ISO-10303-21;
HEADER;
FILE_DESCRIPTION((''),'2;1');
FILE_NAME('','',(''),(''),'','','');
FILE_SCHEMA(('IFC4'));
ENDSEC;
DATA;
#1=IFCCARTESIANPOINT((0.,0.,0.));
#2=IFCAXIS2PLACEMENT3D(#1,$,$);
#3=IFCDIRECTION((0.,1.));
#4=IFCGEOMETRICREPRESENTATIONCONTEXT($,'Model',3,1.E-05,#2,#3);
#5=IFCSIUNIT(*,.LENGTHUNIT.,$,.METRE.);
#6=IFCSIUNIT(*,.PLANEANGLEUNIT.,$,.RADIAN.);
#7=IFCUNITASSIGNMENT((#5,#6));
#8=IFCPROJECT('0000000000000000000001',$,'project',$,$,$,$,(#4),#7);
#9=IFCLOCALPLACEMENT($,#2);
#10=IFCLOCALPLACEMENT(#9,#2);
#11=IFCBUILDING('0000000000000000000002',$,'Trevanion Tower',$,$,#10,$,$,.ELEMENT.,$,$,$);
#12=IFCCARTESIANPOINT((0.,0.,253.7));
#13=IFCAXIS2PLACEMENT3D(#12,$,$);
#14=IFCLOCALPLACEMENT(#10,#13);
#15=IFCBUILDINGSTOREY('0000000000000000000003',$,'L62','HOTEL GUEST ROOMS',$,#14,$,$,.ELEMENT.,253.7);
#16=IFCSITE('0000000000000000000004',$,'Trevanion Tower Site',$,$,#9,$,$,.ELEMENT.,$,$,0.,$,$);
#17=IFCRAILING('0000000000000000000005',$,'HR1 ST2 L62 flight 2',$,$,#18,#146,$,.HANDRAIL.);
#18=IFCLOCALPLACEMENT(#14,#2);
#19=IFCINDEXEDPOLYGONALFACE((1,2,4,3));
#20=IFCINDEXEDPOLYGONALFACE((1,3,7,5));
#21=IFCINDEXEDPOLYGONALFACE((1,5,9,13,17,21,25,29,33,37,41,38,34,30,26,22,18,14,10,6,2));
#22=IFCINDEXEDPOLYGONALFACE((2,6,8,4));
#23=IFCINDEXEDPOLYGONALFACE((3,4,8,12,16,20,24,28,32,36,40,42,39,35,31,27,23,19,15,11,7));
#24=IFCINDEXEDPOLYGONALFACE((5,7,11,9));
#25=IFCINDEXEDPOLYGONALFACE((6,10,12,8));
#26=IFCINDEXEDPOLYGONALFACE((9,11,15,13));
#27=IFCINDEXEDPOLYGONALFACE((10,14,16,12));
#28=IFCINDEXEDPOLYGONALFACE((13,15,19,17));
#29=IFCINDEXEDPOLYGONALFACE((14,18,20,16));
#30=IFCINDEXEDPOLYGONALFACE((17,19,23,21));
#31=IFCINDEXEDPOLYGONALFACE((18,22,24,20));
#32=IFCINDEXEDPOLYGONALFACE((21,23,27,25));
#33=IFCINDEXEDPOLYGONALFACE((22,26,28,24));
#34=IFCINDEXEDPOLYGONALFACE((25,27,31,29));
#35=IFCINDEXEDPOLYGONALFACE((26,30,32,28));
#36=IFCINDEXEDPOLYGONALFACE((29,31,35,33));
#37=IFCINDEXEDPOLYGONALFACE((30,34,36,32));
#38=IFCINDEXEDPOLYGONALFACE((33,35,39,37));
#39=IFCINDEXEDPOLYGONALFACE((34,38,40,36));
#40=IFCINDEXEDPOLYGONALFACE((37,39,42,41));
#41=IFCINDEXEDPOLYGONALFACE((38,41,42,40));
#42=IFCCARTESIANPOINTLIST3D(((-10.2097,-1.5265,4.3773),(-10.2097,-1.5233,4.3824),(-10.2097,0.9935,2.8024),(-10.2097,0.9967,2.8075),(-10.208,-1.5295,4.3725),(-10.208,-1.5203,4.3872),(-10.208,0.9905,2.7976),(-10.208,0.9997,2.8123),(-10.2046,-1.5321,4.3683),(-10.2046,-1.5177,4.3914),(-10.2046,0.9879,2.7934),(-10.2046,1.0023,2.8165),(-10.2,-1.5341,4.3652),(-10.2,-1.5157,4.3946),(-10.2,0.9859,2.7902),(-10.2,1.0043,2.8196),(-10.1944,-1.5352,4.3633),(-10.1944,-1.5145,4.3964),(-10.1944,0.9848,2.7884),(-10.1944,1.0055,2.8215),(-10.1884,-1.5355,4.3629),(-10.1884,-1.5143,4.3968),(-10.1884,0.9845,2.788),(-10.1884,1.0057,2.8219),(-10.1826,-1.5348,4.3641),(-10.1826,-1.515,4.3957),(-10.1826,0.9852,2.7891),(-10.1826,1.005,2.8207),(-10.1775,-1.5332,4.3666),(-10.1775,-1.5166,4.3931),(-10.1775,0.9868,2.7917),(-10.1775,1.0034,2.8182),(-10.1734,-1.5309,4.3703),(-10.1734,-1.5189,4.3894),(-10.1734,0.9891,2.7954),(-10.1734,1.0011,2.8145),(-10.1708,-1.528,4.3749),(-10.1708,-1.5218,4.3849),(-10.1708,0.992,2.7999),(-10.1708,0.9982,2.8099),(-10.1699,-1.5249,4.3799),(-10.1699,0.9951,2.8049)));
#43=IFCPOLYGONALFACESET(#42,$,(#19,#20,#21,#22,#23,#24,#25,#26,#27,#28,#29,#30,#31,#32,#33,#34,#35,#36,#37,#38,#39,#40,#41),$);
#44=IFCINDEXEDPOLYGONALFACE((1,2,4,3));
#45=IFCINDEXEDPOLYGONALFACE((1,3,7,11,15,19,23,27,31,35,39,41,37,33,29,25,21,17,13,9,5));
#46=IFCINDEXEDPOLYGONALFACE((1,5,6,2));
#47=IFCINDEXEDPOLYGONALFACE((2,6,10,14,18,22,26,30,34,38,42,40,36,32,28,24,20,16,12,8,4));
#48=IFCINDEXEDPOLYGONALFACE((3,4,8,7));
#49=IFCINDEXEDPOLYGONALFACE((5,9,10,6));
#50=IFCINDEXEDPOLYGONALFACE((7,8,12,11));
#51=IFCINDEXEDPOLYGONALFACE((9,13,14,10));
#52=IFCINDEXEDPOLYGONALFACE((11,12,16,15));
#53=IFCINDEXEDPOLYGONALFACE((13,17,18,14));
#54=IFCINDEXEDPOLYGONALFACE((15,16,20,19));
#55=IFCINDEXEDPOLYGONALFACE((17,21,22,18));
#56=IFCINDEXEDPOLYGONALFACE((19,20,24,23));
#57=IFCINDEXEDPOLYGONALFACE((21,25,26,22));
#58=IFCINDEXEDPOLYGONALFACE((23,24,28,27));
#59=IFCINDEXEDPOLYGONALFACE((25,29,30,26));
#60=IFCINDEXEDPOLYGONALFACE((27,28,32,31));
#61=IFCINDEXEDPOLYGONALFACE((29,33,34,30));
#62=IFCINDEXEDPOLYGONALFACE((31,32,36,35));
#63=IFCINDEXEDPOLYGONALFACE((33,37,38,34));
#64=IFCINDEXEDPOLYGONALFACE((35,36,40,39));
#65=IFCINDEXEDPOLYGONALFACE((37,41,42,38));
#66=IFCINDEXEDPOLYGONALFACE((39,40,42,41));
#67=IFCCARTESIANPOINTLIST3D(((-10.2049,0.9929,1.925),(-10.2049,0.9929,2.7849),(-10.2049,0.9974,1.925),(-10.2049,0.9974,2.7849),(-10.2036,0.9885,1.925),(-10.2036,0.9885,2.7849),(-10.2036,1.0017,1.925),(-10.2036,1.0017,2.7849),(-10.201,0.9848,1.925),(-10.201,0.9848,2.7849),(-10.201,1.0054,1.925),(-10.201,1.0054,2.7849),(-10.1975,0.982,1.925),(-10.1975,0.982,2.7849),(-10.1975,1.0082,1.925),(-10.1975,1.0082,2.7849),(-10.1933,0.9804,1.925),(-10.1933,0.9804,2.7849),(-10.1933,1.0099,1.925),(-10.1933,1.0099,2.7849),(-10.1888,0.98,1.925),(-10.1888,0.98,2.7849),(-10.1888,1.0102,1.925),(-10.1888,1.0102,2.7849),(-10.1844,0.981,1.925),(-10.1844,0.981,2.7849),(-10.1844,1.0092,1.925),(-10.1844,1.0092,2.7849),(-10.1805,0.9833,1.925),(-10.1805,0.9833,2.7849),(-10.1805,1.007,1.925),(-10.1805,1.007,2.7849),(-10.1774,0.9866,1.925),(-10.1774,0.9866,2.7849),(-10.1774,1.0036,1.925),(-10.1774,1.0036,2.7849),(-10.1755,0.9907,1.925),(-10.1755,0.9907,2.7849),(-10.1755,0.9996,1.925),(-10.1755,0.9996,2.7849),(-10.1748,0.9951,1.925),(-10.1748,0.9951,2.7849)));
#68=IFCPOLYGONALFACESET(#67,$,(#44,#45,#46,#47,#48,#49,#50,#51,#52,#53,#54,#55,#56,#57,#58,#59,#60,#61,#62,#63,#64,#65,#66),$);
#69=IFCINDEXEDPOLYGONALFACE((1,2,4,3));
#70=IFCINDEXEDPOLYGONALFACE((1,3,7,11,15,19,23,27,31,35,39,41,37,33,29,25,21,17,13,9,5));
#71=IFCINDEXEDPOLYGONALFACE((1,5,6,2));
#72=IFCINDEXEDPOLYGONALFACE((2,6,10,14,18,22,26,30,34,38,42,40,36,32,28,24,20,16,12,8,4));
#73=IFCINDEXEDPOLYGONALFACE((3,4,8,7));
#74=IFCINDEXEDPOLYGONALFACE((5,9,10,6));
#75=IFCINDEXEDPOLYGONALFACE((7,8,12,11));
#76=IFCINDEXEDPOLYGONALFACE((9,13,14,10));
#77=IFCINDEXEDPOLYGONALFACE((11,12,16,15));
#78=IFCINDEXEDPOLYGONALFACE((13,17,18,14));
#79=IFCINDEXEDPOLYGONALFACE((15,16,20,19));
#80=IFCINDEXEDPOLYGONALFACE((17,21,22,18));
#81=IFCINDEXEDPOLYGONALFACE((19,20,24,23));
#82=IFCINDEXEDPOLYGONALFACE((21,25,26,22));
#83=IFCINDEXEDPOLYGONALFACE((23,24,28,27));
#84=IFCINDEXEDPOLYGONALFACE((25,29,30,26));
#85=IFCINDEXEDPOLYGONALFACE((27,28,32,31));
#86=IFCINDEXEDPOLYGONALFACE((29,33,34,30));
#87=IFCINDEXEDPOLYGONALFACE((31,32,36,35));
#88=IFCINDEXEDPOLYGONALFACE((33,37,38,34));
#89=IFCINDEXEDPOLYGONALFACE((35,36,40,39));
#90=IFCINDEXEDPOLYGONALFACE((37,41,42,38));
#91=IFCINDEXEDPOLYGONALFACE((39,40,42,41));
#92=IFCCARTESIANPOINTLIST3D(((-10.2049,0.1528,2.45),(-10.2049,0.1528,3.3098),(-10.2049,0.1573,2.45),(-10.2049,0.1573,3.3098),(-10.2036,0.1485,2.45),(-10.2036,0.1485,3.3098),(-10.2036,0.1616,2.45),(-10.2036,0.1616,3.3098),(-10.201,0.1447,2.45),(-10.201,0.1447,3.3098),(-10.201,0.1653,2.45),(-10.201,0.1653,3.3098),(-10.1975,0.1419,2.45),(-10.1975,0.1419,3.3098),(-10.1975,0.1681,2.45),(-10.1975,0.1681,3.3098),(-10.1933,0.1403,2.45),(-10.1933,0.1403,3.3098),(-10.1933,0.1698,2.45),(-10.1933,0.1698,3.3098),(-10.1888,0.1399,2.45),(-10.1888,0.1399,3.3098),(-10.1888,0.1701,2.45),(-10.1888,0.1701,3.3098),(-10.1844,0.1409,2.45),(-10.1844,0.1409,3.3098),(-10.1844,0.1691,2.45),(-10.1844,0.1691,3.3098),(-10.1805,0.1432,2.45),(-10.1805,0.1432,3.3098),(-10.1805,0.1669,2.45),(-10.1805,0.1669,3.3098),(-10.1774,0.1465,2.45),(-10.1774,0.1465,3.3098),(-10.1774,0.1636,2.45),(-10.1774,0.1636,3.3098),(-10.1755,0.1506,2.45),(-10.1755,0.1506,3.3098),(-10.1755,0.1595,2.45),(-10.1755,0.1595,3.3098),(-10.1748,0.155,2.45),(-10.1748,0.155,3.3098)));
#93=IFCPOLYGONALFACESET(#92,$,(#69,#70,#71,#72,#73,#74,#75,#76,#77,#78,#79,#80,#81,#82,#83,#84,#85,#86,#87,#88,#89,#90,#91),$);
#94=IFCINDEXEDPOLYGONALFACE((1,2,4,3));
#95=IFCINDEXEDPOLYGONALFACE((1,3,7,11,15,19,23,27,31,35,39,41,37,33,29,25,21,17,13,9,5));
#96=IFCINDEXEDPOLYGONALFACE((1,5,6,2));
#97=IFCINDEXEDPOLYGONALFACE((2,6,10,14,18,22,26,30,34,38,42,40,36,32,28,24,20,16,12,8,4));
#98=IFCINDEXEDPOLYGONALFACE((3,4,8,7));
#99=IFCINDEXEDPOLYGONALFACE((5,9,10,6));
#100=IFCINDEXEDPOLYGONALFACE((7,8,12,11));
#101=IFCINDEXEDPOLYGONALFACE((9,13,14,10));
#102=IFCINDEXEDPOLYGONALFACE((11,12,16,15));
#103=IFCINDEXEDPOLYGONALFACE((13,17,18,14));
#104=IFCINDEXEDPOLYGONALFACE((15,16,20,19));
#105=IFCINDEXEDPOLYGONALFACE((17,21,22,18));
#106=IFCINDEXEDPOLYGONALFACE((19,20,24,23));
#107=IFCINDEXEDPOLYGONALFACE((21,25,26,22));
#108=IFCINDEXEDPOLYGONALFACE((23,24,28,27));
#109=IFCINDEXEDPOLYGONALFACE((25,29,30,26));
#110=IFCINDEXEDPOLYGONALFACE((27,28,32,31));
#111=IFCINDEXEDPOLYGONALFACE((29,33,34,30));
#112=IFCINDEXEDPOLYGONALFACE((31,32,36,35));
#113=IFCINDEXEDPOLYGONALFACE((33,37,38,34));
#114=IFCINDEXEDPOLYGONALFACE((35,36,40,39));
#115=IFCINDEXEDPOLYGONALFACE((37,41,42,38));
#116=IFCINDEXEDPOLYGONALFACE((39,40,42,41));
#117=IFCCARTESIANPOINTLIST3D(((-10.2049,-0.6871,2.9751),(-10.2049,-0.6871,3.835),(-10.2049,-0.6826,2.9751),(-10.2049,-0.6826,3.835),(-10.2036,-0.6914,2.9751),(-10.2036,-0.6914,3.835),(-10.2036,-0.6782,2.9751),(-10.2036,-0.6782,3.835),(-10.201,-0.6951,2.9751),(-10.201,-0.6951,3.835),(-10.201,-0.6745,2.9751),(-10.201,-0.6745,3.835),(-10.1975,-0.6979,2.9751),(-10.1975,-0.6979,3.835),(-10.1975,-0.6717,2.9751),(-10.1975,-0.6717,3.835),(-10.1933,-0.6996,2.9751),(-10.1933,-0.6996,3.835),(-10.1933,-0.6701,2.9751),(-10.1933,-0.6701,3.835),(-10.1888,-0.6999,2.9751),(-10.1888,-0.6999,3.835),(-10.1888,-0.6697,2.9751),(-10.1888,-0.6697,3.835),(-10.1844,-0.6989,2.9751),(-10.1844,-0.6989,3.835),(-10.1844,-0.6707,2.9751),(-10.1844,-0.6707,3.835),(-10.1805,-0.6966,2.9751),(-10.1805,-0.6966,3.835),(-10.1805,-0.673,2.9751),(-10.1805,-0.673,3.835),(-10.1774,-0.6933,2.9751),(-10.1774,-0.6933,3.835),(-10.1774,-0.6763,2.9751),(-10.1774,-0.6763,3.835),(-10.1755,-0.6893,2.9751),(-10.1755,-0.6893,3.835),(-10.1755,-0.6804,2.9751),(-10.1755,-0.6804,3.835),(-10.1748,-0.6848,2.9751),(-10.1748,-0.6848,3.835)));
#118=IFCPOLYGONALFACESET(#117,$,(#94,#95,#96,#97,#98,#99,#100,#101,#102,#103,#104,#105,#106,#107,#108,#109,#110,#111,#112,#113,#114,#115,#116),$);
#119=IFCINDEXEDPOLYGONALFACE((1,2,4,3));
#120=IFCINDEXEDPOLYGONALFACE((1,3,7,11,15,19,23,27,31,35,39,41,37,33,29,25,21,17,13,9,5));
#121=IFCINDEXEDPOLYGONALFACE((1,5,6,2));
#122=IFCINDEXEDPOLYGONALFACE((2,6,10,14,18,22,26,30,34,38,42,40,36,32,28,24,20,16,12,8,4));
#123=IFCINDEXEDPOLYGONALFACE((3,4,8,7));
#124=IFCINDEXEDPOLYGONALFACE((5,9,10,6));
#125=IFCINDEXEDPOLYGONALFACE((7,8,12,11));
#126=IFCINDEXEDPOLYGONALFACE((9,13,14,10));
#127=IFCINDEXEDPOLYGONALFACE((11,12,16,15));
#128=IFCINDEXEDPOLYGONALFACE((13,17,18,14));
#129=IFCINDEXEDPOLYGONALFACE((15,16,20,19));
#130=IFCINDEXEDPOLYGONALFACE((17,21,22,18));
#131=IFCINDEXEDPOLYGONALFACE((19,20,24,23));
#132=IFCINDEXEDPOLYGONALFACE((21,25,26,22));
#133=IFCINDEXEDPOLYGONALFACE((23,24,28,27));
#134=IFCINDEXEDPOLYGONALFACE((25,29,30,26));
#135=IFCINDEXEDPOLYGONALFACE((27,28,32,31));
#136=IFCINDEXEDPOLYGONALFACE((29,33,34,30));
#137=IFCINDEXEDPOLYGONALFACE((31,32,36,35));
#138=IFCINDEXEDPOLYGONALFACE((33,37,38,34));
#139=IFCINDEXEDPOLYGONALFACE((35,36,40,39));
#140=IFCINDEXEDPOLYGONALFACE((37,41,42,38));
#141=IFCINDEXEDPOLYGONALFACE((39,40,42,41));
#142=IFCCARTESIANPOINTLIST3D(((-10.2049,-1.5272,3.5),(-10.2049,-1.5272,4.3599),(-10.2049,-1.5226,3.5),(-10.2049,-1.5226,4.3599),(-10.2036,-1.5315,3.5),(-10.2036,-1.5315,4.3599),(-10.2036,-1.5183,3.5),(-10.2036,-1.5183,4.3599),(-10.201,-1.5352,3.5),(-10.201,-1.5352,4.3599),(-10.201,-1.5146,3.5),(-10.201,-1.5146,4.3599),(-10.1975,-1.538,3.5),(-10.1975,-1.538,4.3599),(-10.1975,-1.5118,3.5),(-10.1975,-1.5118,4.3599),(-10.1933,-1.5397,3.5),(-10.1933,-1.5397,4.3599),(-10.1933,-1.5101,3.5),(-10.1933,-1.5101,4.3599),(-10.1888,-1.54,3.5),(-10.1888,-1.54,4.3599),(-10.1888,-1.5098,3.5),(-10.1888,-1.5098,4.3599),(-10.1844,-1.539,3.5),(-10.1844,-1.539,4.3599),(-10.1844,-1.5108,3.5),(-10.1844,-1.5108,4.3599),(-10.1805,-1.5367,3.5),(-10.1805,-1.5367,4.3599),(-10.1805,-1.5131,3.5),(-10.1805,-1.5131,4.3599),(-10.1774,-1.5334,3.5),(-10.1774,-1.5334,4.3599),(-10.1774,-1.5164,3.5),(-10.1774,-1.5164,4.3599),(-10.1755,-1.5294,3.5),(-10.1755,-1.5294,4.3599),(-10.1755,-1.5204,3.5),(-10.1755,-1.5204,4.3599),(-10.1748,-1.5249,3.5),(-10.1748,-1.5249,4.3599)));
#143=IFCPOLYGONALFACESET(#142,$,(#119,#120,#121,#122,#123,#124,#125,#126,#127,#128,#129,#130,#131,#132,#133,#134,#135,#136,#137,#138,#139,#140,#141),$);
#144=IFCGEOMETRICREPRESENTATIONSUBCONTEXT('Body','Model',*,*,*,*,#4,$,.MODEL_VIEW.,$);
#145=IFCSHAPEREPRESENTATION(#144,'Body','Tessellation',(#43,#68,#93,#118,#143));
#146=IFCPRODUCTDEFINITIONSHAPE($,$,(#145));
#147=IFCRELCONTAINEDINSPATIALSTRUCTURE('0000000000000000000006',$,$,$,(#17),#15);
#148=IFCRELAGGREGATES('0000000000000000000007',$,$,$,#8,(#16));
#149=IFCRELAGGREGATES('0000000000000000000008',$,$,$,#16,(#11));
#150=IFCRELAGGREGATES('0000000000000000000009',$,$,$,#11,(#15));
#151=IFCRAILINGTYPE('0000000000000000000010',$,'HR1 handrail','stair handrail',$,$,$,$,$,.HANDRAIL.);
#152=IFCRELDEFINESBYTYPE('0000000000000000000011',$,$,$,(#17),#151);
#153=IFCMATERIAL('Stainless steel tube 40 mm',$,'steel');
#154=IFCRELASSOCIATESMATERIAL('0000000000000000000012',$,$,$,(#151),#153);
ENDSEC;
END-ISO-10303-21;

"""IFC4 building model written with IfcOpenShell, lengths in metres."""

from ifc_helpers import new_model, si_unit, direction, frame, origin, origin_2d, place, context, subcontext, project, spatial, circle, extrude, material, type_object, element, save


model = new_model("IFC4")

# Units and contexts
model_context = context("Model", 3, precision=1e-05, world=origin(), true_north=direction((0.0, 1.0)))
body_context = subcontext(model_context, "Body", "Model", "MODEL_VIEW")
ifc_project = project(units=[si_unit("LENGTHUNIT", "METRE"), si_unit("PLANEANGLEUNIT", "RADIAN")], contexts=[model_context])

# Site, building, storey
site_placement = place(None, origin())
site = spatial("IfcSite", under=ifc_project, at=site_placement, Name="Trevanion Tower Site", CompositionType="ELEMENT", RefElevation=0.0)
building_placement = place(site_placement, origin())
building = spatial("IfcBuilding", under=site, at=building_placement, Name="Trevanion Tower", CompositionType="ELEMENT")
storey_placement = place(building_placement, frame((0.0, 0.0, 253.7)))
storey = spatial("IfcBuildingStorey", under=building, at=storey_placement, Name="L62", Description="HOTEL GUEST ROOMS", CompositionType="ELEMENT", Elevation=253.7)

# Railing
ifc_material_1 = material(Name="Stainless steel tube 40 mm", Category="steel")
railing_type = type_object("IfcRailingType", Name="HR1 handrail", Description="stair handrail", PredefinedType="HANDRAIL", material=ifc_material_1)
for number, where, name in (
    (1, (-10.1899, 0.9951, 1.925), "HR1 ST2 L62 flight 2"),
):
    element("IfcRailing", number, at=place(storey_placement, frame(where)), inside=storey, type_object=railing_type, Name=name, PredefinedType="HANDRAIL", context=body_context, shape_type="SweptSolid", body=[
        extrude(circle(Radius=0.02, at=origin_2d()), frame((0.0, 0.0, 0.8799), z_axis=(0.0, -0.848008, 0.529984), x_axis=(1.0, 0.0, 0.0)), (0.0, 0.0, 1.0), 2.9717),
        extrude(circle(Radius=0.0151, at=origin_2d()), origin(), (0.0, 0.0, 1.0), 0.8599),
        extrude(circle(Radius=0.0151, at=origin_2d()), frame((0.0, -0.8401, 0.5249)), (0.0, 0.0, 1.0), 0.8599),
        extrude(circle(Radius=0.0151, at=origin_2d()), frame((0.0, -1.6799, 1.05)), (0.0, 0.0, 1.0), 0.8599),
        extrude(circle(Radius=0.0151, at=origin_2d()), frame((0.0, -2.52, 1.575)), (0.0, 0.0, 1.0), 0.8599),
    ])

save(model, "model.ifc")
